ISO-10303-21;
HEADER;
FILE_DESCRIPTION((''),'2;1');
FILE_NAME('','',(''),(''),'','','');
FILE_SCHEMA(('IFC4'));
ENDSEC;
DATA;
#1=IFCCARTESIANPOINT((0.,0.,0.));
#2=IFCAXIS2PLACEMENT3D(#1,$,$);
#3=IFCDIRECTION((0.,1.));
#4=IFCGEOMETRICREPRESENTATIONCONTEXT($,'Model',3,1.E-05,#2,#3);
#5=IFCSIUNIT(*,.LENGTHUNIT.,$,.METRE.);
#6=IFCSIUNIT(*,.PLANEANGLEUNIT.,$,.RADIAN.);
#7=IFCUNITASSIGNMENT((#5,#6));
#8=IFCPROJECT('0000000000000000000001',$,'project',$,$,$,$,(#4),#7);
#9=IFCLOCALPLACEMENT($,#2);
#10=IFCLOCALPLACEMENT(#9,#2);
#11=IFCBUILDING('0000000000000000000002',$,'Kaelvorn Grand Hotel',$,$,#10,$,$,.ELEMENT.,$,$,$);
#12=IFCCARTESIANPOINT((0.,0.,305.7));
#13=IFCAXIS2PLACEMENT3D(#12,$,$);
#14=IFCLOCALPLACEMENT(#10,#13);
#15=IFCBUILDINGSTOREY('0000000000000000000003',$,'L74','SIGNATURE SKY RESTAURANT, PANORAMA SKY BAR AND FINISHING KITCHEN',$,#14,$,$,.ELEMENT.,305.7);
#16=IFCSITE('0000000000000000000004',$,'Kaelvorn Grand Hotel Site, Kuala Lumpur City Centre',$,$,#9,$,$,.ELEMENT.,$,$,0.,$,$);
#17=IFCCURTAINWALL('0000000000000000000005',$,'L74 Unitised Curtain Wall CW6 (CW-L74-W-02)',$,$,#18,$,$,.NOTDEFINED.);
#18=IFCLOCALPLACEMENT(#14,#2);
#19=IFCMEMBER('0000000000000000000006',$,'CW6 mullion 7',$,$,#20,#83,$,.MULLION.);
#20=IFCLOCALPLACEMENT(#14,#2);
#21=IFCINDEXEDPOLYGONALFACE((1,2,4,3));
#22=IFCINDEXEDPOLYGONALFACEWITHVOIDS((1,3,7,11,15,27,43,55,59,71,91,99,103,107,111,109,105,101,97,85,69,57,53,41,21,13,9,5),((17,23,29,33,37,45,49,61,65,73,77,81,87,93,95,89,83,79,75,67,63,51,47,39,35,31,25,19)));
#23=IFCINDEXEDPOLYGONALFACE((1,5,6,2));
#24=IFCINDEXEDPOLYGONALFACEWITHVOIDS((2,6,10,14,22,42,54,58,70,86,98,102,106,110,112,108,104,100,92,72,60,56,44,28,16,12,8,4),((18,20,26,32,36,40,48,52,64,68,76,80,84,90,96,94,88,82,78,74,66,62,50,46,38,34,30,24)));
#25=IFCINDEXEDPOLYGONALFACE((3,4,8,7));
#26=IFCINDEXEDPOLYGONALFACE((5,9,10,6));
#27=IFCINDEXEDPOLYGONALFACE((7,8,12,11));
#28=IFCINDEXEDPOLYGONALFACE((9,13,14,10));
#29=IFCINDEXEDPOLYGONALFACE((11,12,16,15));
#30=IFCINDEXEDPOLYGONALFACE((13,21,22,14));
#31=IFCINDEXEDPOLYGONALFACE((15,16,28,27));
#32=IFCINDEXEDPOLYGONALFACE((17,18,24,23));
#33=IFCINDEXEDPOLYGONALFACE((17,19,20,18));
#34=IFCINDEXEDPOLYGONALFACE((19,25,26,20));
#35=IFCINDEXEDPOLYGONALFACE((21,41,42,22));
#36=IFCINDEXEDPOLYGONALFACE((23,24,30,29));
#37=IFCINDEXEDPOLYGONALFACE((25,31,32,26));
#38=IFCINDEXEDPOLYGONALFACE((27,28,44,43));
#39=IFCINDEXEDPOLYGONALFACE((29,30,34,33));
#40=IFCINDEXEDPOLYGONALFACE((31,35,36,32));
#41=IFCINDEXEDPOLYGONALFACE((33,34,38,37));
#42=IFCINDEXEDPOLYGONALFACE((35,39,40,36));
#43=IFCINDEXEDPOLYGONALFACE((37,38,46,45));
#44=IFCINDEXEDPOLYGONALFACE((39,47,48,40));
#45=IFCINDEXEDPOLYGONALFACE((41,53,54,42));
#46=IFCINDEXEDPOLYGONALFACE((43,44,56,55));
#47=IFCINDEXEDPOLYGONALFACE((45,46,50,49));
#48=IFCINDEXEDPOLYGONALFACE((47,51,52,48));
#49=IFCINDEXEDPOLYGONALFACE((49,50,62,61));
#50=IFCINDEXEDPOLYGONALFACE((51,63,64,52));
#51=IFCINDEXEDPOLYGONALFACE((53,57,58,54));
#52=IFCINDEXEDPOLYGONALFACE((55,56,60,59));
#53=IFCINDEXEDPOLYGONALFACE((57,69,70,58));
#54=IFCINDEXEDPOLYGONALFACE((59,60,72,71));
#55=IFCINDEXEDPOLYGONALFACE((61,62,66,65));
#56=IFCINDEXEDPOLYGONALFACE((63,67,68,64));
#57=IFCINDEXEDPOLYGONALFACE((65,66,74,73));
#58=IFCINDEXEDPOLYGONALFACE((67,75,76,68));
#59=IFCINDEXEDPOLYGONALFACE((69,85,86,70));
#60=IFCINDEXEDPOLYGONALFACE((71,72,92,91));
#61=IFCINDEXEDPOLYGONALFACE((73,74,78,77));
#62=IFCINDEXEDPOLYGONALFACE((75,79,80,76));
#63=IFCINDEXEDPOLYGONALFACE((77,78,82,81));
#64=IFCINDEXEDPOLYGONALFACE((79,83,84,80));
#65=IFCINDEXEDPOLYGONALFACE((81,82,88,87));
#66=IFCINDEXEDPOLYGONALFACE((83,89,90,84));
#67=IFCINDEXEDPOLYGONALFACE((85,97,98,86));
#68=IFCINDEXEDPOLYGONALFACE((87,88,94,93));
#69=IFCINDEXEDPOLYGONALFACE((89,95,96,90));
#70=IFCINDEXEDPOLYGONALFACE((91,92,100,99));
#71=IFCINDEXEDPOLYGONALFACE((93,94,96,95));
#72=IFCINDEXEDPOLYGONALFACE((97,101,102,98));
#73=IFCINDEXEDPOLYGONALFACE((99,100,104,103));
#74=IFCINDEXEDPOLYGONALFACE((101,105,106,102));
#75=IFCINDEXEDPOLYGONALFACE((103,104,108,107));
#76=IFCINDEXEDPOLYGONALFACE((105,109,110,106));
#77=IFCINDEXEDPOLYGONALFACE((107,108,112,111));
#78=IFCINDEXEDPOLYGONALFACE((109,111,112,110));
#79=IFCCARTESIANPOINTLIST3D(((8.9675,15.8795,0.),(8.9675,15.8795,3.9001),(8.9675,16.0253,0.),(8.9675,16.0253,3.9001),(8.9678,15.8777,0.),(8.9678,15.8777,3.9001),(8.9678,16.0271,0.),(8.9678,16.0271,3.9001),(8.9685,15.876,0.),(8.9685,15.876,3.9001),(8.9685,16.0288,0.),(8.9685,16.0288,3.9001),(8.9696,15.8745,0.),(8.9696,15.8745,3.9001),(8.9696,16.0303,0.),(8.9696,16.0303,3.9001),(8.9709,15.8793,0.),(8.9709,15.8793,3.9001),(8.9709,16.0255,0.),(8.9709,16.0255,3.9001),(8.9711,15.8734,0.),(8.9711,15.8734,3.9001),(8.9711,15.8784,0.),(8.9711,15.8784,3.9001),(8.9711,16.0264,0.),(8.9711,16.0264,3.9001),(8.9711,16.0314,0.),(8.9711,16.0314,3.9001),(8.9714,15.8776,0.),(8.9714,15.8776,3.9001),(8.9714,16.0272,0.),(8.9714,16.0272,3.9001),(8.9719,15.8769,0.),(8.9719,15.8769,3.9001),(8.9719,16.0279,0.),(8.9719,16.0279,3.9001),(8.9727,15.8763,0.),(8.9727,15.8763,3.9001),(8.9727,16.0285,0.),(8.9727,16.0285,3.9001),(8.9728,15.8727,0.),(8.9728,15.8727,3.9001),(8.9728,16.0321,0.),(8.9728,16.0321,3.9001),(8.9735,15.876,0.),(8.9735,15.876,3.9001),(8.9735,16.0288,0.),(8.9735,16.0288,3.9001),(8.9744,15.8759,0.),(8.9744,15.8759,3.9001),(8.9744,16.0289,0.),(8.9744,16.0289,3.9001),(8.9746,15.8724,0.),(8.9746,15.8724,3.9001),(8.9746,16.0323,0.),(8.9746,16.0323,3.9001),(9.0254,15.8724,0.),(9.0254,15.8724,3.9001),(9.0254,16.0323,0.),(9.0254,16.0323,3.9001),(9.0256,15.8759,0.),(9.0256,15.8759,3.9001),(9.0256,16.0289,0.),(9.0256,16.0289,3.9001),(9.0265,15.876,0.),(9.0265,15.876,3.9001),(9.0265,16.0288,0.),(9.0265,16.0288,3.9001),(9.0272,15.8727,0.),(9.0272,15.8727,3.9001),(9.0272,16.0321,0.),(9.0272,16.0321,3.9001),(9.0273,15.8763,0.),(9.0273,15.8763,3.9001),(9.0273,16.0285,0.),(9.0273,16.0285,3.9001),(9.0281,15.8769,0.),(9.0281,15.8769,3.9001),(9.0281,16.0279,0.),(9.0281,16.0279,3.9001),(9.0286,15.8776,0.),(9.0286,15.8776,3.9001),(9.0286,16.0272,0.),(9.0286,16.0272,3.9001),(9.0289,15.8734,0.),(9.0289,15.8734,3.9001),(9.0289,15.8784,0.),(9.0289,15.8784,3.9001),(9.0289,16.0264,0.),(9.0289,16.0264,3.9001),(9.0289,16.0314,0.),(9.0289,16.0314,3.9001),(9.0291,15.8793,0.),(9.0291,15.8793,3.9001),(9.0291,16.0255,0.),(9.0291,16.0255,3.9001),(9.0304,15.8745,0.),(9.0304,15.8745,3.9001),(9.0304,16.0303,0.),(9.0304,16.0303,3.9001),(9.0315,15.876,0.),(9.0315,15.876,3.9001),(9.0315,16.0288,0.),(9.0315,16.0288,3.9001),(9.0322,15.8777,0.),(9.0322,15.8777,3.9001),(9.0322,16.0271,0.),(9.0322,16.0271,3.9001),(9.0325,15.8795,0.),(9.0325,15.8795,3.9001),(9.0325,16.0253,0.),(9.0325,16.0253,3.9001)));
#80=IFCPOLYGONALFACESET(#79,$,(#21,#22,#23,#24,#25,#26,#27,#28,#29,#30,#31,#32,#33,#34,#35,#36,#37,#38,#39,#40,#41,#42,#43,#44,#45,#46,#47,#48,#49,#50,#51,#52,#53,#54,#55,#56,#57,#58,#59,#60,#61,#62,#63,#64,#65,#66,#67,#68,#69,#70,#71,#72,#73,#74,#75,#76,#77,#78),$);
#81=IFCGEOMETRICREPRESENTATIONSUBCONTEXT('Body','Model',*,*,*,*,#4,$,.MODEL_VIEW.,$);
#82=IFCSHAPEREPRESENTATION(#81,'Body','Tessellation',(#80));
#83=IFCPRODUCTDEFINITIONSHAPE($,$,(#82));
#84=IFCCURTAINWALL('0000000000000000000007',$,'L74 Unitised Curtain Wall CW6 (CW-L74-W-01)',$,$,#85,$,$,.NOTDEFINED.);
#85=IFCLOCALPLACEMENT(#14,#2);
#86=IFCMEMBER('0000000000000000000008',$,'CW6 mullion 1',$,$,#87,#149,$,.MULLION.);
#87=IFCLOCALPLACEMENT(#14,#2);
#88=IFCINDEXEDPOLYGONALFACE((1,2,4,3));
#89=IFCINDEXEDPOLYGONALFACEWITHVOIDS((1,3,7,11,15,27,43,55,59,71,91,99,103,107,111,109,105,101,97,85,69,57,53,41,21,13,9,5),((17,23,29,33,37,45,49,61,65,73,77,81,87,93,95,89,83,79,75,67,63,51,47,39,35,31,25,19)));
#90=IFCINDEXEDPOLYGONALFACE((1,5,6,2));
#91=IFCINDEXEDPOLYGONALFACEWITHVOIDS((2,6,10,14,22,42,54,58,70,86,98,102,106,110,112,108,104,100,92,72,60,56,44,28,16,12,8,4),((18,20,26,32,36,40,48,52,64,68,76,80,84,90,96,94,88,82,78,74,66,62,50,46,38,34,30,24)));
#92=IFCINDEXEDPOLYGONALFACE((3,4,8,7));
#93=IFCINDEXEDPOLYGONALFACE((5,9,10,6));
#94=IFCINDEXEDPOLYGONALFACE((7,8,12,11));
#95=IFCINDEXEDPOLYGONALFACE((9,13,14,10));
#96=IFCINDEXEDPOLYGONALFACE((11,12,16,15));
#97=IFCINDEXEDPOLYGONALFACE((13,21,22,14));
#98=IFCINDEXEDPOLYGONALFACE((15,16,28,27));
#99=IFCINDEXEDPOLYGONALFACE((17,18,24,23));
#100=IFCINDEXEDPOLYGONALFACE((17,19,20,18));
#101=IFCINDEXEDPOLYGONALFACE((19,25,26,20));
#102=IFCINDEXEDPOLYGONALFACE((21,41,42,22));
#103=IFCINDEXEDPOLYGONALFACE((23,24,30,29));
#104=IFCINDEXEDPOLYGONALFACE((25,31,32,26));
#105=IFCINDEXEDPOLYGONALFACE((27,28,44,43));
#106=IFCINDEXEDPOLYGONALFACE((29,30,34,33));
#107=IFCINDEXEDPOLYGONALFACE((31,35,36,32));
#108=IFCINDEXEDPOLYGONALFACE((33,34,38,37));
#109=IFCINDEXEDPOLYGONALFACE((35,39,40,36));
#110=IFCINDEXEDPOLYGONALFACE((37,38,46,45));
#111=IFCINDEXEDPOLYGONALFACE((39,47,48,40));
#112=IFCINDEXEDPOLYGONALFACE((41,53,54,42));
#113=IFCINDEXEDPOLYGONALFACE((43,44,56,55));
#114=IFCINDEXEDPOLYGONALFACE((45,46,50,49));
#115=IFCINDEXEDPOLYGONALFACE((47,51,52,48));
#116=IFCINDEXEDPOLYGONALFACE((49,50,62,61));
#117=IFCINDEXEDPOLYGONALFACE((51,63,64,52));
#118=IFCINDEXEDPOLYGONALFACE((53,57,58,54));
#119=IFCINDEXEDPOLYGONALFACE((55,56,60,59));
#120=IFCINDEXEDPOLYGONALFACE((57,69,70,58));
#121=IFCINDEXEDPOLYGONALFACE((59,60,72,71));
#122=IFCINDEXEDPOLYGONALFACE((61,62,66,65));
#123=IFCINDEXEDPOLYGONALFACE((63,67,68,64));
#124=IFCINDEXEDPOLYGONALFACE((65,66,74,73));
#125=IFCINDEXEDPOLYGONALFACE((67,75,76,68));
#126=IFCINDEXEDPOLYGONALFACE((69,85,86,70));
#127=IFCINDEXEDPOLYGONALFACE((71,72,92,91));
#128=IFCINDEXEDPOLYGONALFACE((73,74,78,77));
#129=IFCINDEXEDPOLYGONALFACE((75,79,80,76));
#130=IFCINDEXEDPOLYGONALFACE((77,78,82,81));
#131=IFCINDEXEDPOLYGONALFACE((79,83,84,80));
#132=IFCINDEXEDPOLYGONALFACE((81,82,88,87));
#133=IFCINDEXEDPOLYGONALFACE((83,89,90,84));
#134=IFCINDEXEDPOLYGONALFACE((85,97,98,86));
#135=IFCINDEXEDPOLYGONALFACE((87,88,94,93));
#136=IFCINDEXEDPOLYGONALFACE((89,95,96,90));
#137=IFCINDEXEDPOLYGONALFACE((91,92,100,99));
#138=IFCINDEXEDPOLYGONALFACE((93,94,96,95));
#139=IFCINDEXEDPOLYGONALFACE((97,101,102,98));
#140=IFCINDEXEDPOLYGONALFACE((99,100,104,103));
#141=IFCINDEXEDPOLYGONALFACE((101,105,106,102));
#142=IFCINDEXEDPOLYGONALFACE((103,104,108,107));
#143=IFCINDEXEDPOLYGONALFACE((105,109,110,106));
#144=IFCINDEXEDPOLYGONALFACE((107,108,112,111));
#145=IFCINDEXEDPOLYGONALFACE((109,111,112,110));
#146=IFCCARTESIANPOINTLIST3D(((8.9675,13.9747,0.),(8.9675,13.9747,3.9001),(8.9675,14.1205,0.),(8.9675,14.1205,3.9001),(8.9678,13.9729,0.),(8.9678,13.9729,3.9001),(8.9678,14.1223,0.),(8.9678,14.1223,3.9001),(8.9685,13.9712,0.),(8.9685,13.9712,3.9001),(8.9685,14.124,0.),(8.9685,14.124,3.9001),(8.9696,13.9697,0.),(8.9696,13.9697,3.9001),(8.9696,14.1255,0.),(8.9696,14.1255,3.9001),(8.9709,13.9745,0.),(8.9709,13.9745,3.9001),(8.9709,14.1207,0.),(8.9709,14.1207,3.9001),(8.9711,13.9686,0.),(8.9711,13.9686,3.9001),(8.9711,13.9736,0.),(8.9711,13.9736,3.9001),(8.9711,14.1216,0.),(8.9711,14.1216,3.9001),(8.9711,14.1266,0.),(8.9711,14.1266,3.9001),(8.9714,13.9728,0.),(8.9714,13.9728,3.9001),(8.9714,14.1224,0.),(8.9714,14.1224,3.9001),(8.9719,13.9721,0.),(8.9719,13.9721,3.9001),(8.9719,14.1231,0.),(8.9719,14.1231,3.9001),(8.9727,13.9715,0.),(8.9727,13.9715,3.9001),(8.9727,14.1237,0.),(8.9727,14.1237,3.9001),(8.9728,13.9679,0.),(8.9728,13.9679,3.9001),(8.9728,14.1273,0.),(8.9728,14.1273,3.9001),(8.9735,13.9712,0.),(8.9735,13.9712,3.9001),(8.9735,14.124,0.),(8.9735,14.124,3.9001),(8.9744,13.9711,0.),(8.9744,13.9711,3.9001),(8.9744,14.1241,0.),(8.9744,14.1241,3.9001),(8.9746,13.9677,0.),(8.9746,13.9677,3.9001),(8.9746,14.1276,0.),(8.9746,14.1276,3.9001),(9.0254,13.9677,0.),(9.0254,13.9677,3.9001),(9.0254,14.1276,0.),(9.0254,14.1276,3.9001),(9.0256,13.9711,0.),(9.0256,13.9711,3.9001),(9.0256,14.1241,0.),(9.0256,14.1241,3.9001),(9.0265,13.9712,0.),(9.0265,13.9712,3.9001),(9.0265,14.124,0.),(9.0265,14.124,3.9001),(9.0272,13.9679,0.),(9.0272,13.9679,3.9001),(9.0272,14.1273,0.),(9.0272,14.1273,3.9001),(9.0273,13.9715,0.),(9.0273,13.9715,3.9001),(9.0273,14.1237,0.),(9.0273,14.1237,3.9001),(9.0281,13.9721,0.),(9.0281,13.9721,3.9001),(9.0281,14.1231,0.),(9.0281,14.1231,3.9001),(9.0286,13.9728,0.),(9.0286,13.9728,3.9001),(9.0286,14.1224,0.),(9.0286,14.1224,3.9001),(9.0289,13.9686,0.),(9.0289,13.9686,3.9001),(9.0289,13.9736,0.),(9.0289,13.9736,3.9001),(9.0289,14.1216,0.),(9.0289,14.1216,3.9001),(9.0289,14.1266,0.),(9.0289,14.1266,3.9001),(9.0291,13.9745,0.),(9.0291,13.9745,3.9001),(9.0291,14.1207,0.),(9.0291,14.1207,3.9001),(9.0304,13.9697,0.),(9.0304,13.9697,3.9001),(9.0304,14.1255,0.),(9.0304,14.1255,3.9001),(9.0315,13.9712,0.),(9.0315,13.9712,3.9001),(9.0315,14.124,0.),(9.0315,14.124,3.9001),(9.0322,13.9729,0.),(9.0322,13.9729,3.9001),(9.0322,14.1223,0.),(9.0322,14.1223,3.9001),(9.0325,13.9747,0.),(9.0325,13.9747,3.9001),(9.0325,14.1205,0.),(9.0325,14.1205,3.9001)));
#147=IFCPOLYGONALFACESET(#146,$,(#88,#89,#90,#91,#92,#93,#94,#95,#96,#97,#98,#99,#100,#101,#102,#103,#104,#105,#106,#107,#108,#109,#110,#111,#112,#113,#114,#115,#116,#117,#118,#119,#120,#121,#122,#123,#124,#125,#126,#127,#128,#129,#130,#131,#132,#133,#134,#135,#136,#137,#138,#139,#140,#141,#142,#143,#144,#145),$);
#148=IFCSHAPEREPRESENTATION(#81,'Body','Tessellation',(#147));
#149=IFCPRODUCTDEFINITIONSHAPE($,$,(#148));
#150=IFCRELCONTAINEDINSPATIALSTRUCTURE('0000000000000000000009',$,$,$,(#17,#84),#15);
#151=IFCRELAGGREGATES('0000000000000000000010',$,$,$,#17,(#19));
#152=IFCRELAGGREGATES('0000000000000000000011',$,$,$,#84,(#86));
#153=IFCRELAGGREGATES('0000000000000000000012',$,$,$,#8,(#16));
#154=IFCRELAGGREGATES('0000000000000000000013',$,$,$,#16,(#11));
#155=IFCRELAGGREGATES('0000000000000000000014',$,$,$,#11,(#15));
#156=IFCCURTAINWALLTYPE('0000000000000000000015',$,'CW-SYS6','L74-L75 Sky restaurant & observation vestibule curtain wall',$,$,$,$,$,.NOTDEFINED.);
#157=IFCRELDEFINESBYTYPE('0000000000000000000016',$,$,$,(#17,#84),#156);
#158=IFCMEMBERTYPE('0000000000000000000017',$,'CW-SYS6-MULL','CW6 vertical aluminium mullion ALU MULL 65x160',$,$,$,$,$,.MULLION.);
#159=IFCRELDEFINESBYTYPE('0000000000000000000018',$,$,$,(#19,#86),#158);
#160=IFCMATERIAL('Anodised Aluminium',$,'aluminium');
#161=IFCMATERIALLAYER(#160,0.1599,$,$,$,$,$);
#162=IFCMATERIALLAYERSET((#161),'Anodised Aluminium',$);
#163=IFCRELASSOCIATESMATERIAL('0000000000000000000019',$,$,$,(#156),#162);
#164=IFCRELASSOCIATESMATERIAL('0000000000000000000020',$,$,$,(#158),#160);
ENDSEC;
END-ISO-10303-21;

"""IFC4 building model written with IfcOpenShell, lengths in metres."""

from ifc_helpers import new_model, si_unit, direction, frame, origin, origin_2d, place, context, subcontext, project, spatial, hollow_rectangle, extrude, material, layer, layer_set, material_profile, profile_set, type_object, element, aggregate, save


model = new_model("IFC4")

# Units and contexts
model_context = context("Model", 3, precision=1e-05, world=origin(), true_north=direction((0.0, 1.0)))
body_context = subcontext(model_context, "Body", "Model", "MODEL_VIEW")
ifc_project = project(units=[si_unit("LENGTHUNIT", "METRE"), si_unit("PLANEANGLEUNIT", "RADIAN")], contexts=[model_context])

# Site, building, storey
site_placement = place(None, origin())
site = spatial("IfcSite", under=ifc_project, at=site_placement, Name="Kaelvorn Grand Hotel Site, Kuala Lumpur City Centre", CompositionType="ELEMENT", RefElevation=0.0)
building_placement = place(site_placement, origin())
building = spatial("IfcBuilding", under=site, at=building_placement, Name="Kaelvorn Grand Hotel", CompositionType="ELEMENT")
storey_placement = place(building_placement, frame((0.0, 0.0, 305.7)))
storey = spatial("IfcBuildingStorey", under=building, at=storey_placement, Name="L74", Description="SIGNATURE SKY RESTAURANT, PANORAMA SKY BAR AND FINISHING KITCHEN", CompositionType="ELEMENT", Elevation=305.7)

# Curtain walls, members
ifc_material_1 = material(Name="Anodised Aluminium", Category="aluminium")
ifc_layer_1 = layer(ifc_material_1, 0.1599)
ifc_layer_set_1 = layer_set([ifc_layer_1], Name="Anodised Aluminium")
curtain_wall_type = type_object("IfcCurtainWallType", Name="CW-SYS6", Description="L74-L75 Sky restaurant & observation vestibule curtain wall", PredefinedType="NOTDEFINED", material=ifc_layer_set_1)
curtain_wall_1_placement = place(storey_placement, origin())
curtain_wall_1 = element("IfcCurtainWall", 1, at=curtain_wall_1_placement, inside=storey, type_object=curtain_wall_type, Name="L74 Unitised Curtain Wall CW6 (CW-L74-W-02)", PredefinedType="NOTDEFINED")
ifc_material_profile_1 = material_profile(ifc_material_1, hollow_rectangle(XDim=0.0649, YDim=0.1599, WallThickness=0.0034, InnerFilletRadius=0.0034, OuterFilletRadius=0.0071, at=origin_2d()), Name="ALU MULL 65x160")
ifc_profile_set_1 = profile_set([ifc_material_profile_1], Name="Anodised Aluminium")
member_type_1 = type_object("IfcMemberType", Name="CW-SYS6-MULL", Description="CW6 vertical aluminium mullion ALU MULL 65x160", PredefinedType="MULLION", material=ifc_profile_set_1)
member_1_placement = place(storey_placement, frame((9.0, 15.9524, 0.0), z_axis=(0.0, 0.0, 1.0), x_axis=(1.0, 0.0, 0.0)))
member_1 = element("IfcMember", 2, at=member_1_placement, type_object=member_type_1, Name="CW6 mullion 7", PredefinedType="MULLION", context=body_context, shape_type="SweptSolid", body=[
    extrude(hollow_rectangle(XDim=0.0649, YDim=0.1599, WallThickness=0.0034, InnerFilletRadius=0.0034, OuterFilletRadius=0.0071, at=origin_2d()), origin(), (0.0, 0.0, 1.0), 3.9001),
])
curtain_wall_2_placement = place(storey_placement, origin())
curtain_wall_2 = element("IfcCurtainWall", 3, at=curtain_wall_2_placement, inside=storey, type_object=curtain_wall_type, Name="L74 Unitised Curtain Wall CW6 (CW-L74-W-01)", PredefinedType="NOTDEFINED")
member_2_placement = place(storey_placement, frame((9.0, 14.0476, 0.0), z_axis=(0.0, 0.0, 1.0), x_axis=(1.0, 0.0, 0.0)))
member_2 = element("IfcMember", 4, at=member_2_placement, type_object=member_type_1, Name="CW6 mullion 1", PredefinedType="MULLION", context=body_context, shape_type="SweptSolid", body=[
    extrude(hollow_rectangle(XDim=0.0649, YDim=0.1599, WallThickness=0.0034, InnerFilletRadius=0.0034, OuterFilletRadius=0.0071, at=origin_2d()), origin(), (0.0, 0.0, 1.0), 3.9001),
])

aggregate(curtain_wall_1, [member_1])
aggregate(curtain_wall_2, [member_2])

save(model, "model.ifc")
